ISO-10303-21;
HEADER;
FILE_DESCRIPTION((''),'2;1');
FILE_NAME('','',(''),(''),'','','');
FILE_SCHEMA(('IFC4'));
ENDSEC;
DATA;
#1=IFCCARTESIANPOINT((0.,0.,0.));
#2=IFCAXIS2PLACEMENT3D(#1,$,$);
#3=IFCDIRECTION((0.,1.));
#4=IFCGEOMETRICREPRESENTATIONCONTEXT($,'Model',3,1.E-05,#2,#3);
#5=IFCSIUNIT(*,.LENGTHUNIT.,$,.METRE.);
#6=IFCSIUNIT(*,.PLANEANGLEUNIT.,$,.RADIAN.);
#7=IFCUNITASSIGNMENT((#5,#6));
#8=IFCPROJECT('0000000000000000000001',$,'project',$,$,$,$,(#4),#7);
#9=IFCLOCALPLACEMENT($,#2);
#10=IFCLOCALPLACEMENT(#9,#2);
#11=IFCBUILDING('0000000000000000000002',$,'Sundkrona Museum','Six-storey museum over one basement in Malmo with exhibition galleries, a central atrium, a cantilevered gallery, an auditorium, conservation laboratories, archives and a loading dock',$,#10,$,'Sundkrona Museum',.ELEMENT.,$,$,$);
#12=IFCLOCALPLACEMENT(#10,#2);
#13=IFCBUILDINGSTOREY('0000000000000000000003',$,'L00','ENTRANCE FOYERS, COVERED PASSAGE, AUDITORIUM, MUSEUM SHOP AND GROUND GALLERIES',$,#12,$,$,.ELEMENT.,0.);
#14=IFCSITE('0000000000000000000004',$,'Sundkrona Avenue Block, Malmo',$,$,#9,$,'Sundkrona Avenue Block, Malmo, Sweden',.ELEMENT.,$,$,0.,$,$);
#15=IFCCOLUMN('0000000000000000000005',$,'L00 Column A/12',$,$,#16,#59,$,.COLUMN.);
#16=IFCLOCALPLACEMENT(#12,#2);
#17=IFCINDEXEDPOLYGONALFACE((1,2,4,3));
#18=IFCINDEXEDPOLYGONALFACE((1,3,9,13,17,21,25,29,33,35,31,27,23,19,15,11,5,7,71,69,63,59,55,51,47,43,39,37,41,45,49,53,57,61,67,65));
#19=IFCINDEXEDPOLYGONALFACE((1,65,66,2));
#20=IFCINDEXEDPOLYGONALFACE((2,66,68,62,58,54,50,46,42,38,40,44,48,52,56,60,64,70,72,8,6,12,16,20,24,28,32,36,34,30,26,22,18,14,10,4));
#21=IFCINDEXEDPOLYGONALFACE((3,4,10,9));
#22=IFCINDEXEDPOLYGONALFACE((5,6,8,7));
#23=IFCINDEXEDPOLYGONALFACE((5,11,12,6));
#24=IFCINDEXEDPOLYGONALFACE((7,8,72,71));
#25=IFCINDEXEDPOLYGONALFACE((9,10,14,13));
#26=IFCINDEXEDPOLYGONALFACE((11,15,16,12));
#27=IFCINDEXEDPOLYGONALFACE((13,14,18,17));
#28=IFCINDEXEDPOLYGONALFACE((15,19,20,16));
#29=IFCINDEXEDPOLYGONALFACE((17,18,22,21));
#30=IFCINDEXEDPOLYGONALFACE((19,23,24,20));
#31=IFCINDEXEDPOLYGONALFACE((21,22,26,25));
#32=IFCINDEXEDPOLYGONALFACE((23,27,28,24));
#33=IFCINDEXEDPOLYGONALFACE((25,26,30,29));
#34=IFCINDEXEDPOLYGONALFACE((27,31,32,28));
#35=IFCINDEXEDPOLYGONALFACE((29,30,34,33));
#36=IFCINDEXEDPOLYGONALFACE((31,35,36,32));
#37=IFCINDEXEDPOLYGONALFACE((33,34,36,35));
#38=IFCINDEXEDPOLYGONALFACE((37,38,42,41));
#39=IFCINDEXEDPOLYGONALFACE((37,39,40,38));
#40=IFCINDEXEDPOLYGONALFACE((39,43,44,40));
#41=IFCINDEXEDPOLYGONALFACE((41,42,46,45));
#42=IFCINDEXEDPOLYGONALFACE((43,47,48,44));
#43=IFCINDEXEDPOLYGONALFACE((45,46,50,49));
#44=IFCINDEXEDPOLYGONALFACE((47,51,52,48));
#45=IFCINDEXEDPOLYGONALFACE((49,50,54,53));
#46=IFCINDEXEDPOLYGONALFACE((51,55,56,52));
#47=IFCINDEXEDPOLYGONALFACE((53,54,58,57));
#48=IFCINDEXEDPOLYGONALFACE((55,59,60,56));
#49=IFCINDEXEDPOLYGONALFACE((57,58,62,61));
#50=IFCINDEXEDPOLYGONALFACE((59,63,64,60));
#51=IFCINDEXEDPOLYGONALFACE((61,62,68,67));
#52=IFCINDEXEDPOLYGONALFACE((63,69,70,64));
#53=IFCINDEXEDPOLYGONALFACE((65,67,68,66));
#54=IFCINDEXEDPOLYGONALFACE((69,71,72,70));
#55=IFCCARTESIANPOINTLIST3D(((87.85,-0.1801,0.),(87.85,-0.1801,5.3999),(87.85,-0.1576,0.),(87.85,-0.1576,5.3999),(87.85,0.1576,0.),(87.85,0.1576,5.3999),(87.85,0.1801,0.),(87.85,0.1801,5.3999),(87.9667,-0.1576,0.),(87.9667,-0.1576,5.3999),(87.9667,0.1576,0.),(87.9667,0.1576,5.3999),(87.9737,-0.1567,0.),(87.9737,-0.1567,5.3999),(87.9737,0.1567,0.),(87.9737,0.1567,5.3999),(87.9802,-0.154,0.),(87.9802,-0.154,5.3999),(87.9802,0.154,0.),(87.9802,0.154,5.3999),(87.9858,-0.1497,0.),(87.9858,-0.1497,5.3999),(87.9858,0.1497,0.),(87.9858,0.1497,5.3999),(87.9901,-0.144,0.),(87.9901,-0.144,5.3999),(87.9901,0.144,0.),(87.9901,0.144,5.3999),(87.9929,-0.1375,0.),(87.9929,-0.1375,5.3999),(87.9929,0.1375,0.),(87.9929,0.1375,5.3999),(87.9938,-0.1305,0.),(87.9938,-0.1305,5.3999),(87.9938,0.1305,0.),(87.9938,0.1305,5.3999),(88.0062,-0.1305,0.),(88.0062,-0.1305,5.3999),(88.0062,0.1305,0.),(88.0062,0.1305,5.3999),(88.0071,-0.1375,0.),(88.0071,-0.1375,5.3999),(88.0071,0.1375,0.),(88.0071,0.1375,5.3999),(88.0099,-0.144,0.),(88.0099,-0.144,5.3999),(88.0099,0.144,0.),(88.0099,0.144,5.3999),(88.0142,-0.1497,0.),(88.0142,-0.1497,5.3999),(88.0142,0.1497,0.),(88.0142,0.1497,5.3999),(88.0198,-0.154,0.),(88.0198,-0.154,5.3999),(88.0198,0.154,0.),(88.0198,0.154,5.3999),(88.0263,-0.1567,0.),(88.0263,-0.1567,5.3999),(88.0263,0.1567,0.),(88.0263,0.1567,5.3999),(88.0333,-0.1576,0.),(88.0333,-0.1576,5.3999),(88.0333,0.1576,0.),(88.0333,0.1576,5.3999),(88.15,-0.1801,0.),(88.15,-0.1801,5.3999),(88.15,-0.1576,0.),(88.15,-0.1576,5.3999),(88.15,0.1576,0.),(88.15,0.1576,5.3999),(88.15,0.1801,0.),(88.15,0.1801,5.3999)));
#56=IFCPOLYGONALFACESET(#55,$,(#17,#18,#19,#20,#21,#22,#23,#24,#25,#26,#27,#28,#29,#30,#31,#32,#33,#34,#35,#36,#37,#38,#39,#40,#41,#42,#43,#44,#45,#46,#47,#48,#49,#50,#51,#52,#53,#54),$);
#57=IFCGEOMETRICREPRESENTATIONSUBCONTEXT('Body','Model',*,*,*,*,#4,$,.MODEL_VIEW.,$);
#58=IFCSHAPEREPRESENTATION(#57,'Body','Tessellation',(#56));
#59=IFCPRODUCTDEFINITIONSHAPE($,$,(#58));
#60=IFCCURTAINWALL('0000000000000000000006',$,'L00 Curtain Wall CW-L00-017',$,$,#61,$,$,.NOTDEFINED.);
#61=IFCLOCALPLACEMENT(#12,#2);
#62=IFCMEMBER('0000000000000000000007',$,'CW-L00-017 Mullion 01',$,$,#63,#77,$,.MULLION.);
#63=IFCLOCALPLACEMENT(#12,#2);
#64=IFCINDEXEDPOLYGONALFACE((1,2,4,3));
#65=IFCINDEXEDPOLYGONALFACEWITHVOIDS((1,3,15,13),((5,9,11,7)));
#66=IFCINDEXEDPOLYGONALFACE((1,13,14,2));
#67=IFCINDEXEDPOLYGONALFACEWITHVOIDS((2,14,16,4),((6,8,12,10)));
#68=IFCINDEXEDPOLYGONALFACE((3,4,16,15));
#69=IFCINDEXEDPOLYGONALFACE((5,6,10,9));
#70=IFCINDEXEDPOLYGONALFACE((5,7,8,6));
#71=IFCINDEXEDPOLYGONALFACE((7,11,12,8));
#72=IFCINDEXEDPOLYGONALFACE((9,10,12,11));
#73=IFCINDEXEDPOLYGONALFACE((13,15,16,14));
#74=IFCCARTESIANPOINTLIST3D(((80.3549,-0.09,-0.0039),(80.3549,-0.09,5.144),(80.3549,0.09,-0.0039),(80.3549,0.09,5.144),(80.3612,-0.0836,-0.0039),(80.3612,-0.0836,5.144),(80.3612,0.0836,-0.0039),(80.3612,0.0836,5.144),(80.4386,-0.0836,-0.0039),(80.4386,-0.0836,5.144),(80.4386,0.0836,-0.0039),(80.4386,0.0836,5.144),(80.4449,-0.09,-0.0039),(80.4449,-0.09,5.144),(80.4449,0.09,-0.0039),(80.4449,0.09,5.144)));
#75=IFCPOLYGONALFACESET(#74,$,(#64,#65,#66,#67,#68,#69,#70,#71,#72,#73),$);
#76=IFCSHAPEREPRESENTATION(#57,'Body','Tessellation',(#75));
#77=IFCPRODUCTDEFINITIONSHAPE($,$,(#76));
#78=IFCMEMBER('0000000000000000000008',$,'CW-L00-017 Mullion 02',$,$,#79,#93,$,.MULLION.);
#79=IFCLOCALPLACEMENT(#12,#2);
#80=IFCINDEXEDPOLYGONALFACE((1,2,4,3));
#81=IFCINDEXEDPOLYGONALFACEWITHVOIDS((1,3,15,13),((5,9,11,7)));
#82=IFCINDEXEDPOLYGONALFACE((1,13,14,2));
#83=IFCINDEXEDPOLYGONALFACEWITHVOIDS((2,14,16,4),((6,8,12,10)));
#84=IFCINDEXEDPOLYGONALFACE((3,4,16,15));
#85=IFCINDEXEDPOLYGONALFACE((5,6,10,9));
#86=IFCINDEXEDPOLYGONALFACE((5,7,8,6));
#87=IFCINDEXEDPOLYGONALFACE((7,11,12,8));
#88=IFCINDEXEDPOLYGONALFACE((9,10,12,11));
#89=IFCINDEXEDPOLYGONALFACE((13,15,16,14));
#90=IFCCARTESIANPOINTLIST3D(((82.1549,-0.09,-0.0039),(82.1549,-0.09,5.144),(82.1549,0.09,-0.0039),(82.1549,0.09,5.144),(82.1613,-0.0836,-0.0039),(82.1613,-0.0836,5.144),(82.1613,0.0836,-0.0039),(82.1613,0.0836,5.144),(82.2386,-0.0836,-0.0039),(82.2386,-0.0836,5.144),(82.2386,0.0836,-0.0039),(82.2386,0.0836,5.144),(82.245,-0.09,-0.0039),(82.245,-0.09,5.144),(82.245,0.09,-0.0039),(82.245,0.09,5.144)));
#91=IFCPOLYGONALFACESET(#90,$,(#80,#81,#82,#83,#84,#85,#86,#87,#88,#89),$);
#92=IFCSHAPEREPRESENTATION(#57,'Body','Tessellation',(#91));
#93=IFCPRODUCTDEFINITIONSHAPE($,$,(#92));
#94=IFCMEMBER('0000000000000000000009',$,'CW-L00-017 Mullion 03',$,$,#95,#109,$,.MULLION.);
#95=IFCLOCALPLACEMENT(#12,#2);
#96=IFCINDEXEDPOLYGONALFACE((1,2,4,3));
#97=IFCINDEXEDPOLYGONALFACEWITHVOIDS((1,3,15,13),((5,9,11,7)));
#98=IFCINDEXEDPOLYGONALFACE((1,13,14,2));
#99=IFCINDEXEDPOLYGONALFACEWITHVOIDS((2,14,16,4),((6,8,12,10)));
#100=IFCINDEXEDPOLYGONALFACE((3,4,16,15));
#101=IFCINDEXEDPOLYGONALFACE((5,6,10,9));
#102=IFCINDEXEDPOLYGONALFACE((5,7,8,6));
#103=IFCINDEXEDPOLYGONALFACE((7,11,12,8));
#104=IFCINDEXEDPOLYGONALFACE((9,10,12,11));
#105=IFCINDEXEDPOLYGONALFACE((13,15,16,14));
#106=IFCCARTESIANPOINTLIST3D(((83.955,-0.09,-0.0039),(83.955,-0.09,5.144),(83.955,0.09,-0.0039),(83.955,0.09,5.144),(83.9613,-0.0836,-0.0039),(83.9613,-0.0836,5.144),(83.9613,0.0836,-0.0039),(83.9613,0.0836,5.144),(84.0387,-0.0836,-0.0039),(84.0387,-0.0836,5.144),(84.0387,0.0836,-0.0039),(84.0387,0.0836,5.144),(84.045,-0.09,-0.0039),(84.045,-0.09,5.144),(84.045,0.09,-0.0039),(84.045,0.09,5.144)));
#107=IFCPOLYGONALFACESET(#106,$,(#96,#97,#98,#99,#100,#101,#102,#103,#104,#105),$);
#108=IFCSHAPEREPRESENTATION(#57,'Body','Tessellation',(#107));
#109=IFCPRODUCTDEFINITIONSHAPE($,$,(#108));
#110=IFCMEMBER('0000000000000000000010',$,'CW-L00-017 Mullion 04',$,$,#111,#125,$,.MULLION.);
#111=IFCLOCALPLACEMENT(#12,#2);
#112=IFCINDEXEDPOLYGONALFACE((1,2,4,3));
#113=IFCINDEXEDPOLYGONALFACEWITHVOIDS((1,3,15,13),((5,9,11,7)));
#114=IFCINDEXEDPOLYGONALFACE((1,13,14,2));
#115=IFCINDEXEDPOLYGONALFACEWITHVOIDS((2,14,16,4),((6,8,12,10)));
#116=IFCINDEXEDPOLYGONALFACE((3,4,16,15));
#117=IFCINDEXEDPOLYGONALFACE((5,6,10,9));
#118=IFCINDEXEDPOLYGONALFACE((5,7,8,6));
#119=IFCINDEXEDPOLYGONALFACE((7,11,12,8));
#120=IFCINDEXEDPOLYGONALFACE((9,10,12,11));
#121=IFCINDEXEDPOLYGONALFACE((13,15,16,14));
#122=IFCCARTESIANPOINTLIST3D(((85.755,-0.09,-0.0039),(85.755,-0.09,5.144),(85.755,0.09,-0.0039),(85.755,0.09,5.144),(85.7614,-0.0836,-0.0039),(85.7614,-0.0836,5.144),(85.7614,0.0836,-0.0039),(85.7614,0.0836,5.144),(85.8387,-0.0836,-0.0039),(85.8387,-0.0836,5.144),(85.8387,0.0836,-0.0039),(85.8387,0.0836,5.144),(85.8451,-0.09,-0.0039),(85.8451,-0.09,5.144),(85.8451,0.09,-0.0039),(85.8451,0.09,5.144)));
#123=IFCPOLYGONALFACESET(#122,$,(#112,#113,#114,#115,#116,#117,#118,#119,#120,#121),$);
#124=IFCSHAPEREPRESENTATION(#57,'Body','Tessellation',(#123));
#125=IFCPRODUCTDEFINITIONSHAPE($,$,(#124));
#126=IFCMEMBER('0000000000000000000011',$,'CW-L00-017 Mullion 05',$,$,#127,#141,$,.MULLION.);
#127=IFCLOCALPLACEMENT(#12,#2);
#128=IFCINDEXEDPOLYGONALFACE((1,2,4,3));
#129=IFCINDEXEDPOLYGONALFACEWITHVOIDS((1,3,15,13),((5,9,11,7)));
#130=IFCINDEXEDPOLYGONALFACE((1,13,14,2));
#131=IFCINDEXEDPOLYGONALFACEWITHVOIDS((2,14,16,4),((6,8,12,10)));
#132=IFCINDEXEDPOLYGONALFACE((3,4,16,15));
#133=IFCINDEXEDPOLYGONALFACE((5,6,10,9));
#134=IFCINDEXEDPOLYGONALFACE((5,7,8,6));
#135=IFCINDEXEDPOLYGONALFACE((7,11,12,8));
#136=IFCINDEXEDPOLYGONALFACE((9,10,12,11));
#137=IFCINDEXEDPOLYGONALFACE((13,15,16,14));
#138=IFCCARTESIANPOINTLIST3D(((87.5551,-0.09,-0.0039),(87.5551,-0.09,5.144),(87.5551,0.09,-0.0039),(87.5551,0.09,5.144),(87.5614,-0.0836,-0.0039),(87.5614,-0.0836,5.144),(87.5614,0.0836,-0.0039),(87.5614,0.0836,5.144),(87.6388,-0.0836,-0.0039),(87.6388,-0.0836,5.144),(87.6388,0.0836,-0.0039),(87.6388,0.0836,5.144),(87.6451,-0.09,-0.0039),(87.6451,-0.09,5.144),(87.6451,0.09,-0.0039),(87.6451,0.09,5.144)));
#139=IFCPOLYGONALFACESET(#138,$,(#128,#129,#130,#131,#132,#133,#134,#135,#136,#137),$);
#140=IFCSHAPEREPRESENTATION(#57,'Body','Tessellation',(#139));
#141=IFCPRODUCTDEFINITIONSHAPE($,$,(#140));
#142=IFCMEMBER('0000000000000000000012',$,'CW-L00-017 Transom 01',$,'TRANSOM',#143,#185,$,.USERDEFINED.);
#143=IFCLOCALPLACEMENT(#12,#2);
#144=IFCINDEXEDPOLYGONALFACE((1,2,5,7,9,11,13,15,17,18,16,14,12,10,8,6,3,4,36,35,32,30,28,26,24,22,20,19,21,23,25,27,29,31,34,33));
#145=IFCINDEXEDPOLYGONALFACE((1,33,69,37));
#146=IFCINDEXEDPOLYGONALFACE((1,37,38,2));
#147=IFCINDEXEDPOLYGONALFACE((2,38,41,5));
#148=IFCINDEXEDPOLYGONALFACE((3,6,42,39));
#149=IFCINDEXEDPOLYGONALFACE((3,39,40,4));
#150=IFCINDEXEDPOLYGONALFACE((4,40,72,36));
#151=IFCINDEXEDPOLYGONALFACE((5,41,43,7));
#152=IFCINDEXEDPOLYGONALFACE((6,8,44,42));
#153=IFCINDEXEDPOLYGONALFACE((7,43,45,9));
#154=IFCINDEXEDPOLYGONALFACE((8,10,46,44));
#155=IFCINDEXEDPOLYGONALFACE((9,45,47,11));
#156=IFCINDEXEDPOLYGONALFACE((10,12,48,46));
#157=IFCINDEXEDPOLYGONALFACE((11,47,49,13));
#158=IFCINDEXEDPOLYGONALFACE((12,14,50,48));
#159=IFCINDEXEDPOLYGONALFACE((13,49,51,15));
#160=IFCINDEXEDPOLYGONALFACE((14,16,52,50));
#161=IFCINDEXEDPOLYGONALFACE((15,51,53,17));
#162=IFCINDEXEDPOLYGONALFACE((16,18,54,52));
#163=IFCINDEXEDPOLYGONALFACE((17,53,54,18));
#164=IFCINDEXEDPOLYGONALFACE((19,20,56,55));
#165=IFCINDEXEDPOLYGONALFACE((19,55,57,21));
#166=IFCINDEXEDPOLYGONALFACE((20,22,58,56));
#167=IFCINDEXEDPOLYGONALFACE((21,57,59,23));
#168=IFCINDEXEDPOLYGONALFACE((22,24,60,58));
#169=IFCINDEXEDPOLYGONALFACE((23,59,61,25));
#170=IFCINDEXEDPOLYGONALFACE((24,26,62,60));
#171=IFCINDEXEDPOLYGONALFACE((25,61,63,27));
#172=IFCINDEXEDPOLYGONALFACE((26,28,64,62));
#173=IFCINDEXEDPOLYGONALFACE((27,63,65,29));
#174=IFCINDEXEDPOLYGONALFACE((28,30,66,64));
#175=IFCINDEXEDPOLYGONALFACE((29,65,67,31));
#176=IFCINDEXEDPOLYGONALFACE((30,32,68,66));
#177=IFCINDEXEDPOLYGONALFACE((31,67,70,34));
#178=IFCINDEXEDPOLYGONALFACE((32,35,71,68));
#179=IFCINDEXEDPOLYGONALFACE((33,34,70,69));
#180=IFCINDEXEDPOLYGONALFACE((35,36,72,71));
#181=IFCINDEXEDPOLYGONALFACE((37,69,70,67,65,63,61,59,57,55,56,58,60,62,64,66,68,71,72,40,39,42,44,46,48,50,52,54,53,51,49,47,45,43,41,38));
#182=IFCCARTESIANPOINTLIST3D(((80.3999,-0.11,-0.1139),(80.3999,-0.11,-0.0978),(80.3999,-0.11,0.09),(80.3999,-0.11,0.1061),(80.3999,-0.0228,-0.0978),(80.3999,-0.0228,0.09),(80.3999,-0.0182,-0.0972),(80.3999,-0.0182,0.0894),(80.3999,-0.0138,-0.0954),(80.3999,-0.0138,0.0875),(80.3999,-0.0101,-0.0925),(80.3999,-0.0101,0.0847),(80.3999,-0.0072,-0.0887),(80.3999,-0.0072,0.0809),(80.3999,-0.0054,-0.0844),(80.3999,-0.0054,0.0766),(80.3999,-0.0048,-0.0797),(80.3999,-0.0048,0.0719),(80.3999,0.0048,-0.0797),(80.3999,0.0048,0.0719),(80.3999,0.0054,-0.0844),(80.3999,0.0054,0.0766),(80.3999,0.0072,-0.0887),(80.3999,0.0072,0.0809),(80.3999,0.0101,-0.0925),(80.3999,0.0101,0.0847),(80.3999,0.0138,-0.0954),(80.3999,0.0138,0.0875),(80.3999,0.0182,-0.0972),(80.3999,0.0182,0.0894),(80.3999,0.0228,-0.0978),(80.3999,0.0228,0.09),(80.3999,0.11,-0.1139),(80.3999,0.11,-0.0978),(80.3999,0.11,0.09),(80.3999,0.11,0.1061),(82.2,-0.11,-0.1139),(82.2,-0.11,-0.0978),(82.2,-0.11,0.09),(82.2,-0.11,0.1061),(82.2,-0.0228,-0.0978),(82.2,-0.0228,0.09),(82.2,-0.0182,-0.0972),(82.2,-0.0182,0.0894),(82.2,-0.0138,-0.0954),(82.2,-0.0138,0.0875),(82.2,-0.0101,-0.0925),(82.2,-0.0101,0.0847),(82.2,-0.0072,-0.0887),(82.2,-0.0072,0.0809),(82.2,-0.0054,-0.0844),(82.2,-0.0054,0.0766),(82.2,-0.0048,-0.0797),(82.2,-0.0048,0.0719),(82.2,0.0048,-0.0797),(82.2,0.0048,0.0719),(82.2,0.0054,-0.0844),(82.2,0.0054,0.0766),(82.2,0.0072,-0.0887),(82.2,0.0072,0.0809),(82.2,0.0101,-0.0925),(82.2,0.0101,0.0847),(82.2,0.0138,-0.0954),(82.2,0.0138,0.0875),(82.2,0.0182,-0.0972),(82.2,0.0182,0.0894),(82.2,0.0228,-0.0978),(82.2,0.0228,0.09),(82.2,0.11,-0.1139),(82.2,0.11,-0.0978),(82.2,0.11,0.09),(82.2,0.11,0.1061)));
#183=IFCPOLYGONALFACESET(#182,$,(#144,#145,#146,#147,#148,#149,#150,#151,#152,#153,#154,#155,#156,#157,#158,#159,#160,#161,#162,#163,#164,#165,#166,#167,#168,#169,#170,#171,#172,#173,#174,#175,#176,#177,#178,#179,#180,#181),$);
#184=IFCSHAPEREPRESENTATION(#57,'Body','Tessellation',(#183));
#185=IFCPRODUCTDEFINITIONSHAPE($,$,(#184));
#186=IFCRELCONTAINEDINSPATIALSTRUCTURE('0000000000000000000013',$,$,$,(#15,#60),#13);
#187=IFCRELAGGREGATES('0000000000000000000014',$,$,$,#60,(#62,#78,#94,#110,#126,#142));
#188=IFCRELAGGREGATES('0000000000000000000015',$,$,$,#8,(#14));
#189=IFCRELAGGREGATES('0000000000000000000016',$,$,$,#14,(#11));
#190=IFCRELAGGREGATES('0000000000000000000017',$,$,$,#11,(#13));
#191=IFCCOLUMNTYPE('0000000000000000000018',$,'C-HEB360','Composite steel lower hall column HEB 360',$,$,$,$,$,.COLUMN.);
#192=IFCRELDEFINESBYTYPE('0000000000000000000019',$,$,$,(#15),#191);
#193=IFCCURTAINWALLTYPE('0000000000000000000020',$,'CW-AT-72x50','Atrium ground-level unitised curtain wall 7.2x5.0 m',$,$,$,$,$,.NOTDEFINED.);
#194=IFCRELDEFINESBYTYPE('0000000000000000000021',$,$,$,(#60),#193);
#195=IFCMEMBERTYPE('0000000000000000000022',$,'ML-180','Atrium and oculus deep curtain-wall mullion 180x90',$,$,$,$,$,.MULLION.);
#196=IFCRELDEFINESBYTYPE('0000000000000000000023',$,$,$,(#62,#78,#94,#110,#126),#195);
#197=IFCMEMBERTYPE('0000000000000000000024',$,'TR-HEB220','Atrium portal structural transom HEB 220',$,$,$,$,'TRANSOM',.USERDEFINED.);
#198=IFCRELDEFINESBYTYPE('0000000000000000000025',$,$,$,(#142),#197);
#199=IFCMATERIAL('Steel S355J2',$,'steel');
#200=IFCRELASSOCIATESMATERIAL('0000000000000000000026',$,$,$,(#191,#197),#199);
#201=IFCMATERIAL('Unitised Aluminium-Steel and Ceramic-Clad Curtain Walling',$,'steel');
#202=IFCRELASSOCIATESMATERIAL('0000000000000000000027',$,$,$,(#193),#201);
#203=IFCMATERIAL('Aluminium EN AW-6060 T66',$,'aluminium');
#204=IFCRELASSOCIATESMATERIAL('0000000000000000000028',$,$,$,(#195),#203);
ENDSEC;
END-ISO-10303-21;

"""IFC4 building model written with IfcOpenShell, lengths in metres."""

from ifc_helpers import new_model, si_unit, direction, frame, origin, origin_2d, place, context, subcontext, project, spatial, hollow_rectangle, i_section, extrude, material, material_profile, profile_set, type_object, element, aggregate, save


model = new_model("IFC4")

# Units and contexts
model_context = context("Model", 3, precision=1e-05, world=origin(), true_north=direction((0.0, 1.0)))
body_context = subcontext(model_context, "Body", "Model", "MODEL_VIEW")
ifc_project = project(units=[si_unit("LENGTHUNIT", "METRE"), si_unit("PLANEANGLEUNIT", "RADIAN")], contexts=[model_context])

# Site, building, storey
site_placement = place(None, origin())
site = spatial("IfcSite", under=ifc_project, at=site_placement, Name="Sundkrona Avenue Block, Malmo", LongName="Sundkrona Avenue Block, Malmo, Sweden", CompositionType="ELEMENT", RefElevation=0.0)
building_placement = place(site_placement, origin())
building = spatial("IfcBuilding", under=site, at=building_placement, Name="Sundkrona Museum", Description="Six-storey museum over one basement in Malmo with exhibition galleries, a central atrium, a cantilevered gallery, an auditorium, conservation laboratories, archives and a loading dock", LongName="Sundkrona Museum", CompositionType="ELEMENT")
storey_placement = place(building_placement, origin())
storey = spatial("IfcBuildingStorey", under=building, at=storey_placement, Name="L00", Description="ENTRANCE FOYERS, COVERED PASSAGE, AUDITORIUM, MUSEUM SHOP AND GROUND GALLERIES", CompositionType="ELEMENT", Elevation=0.0)

# Column
ifc_material_1 = material(Name="Steel S355J2", Category="steel")
ifc_material_profile_1 = material_profile(ifc_material_1, i_section(OverallWidth=0.3, OverallDepth=0.3601, WebThickness=0.0125, FlangeThickness=0.0225, FilletRadius=0.0271, at=origin_2d()), Name="HEB 360")
ifc_profile_set_1 = profile_set([ifc_material_profile_1], Name="Steel S355J2")
column_type = type_object("IfcColumnType", Name="C-HEB360", Description="Composite steel lower hall column HEB 360", PredefinedType="COLUMN", material=ifc_profile_set_1)
column_placement = place(storey_placement, frame((88.0, 0.0, 0.0), z_axis=(0.0, 0.0, 1.0), x_axis=(1.0, 0.0, 0.0)))
element("IfcColumn", 1, at=column_placement, inside=storey, type_object=column_type, Name="L00 Column A/12", PredefinedType="COLUMN", context=body_context, shape_type="SweptSolid", body=[
    extrude(i_section(OverallWidth=0.3, OverallDepth=0.3601, WebThickness=0.0125, FlangeThickness=0.0225, FilletRadius=0.0271, at=origin_2d()), origin(), (0.0, 0.0, 1.0), 5.3999),
])

# Curtain wall, members
ifc_material_2 = material(Name="Unitised Aluminium-Steel and Ceramic-Clad Curtain Walling", Category="steel")
curtain_wall_type = type_object("IfcCurtainWallType", Name="CW-AT-72x50", Description="Atrium ground-level unitised curtain wall 7.2x5.0 m", PredefinedType="NOTDEFINED", material=ifc_material_2)
curtain_wall_placement = place(storey_placement, origin())
curtain_wall = element("IfcCurtainWall", 2, at=curtain_wall_placement, inside=storey, type_object=curtain_wall_type, Name="L00 Curtain Wall CW-L00-017", PredefinedType="NOTDEFINED")
ifc_material_3 = material(Name="Aluminium EN AW-6060 T66", Category="aluminium")
ifc_material_profile_2 = material_profile(ifc_material_3, hollow_rectangle(XDim=0.0901, YDim=0.1799, WallThickness=0.0063, at=origin_2d()), Name="RHS 180x90x6.3")
ifc_profile_set_2 = profile_set([ifc_material_profile_2], Name="Aluminium EN AW-6060 T66")
member_type_1 = type_object("IfcMemberType", Name="ML-180", Description="Atrium and oculus deep curtain-wall mullion 180x90", PredefinedType="MULLION", material=ifc_profile_set_2)
member_1_placement = place(storey_placement, frame((80.3999, 0.0, -0.0039), z_axis=(0.0, 0.0, 1.0), x_axis=(1.0, 0.0, 0.0)))
member_1 = element("IfcMember", 3, at=member_1_placement, type_object=member_type_1, Name="CW-L00-017 Mullion 01", PredefinedType="MULLION", context=body_context, shape_type="SweptSolid", body=[
    extrude(hollow_rectangle(XDim=0.0901, YDim=0.1799, WallThickness=0.0063, at=origin_2d()), origin(), (0.0, 0.0, 1.0), 5.1479),
])
member_2_placement = place(storey_placement, frame((82.2, 0.0, -0.0039), z_axis=(0.0, 0.0, 1.0), x_axis=(1.0, 0.0, 0.0)))
member_2 = element("IfcMember", 4, at=member_2_placement, type_object=member_type_1, Name="CW-L00-017 Mullion 02", PredefinedType="MULLION", context=body_context, shape_type="SweptSolid", body=[
    extrude(hollow_rectangle(XDim=0.0901, YDim=0.1799, WallThickness=0.0063, at=origin_2d()), origin(), (0.0, 0.0, 1.0), 5.1479),
])
member_3_placement = place(storey_placement, frame((84.0, 0.0, -0.0039), z_axis=(0.0, 0.0, 1.0), x_axis=(1.0, 0.0, 0.0)))
member_3 = element("IfcMember", 5, at=member_3_placement, type_object=member_type_1, Name="CW-L00-017 Mullion 03", PredefinedType="MULLION", context=body_context, shape_type="SweptSolid", body=[
    extrude(hollow_rectangle(XDim=0.0901, YDim=0.1799, WallThickness=0.0063, at=origin_2d()), origin(), (0.0, 0.0, 1.0), 5.1479),
])
member_4_placement = place(storey_placement, frame((85.8, 0.0, -0.0039), z_axis=(0.0, 0.0, 1.0), x_axis=(1.0, 0.0, 0.0)))
member_4 = element("IfcMember", 6, at=member_4_placement, type_object=member_type_1, Name="CW-L00-017 Mullion 04", PredefinedType="MULLION", context=body_context, shape_type="SweptSolid", body=[
    extrude(hollow_rectangle(XDim=0.0901, YDim=0.1799, WallThickness=0.0063, at=origin_2d()), origin(), (0.0, 0.0, 1.0), 5.1479),
])
member_5_placement = place(storey_placement, frame((87.6001, 0.0, -0.0039), z_axis=(0.0, 0.0, 1.0), x_axis=(1.0, 0.0, 0.0)))
member_5 = element("IfcMember", 7, at=member_5_placement, type_object=member_type_1, Name="CW-L00-017 Mullion 05", PredefinedType="MULLION", context=body_context, shape_type="SweptSolid", body=[
    extrude(hollow_rectangle(XDim=0.0901, YDim=0.1799, WallThickness=0.0063, at=origin_2d()), origin(), (0.0, 0.0, 1.0), 5.1479),
])
ifc_material_profile_3 = material_profile(ifc_material_1, i_section(OverallWidth=0.22, OverallDepth=0.22, WebThickness=0.0095, FlangeThickness=0.0161, FilletRadius=0.0181, at=origin_2d()), Name="HEB 220")
ifc_profile_set_3 = profile_set([ifc_material_profile_3], Name="Steel S355J2")
member_type_2 = type_object("IfcMemberType", Name="TR-HEB220", Description="Atrium portal structural transom HEB 220", ElementType="TRANSOM", PredefinedType="USERDEFINED", material=ifc_profile_set_3)
member_6_placement = place(storey_placement, frame((80.3999, 0.0, -0.0039), z_axis=(1.0, 0.0, 0.0), x_axis=(0.0, 1.0, 0.0)))
member_6 = element("IfcMember", 8, at=member_6_placement, type_object=member_type_2, Name="CW-L00-017 Transom 01", ObjectType="TRANSOM", PredefinedType="USERDEFINED", context=body_context, shape_type="SweptSolid", body=[
    extrude(i_section(OverallWidth=0.22, OverallDepth=0.22, WebThickness=0.0095, FlangeThickness=0.0161, FilletRadius=0.0181, at=origin_2d()), origin(), (0.0, 0.0, 1.0), 1.8),
])
aggregate(curtain_wall, [member_1, member_2, member_3, member_4, member_5, member_6])

save(model, "model.ifc")
